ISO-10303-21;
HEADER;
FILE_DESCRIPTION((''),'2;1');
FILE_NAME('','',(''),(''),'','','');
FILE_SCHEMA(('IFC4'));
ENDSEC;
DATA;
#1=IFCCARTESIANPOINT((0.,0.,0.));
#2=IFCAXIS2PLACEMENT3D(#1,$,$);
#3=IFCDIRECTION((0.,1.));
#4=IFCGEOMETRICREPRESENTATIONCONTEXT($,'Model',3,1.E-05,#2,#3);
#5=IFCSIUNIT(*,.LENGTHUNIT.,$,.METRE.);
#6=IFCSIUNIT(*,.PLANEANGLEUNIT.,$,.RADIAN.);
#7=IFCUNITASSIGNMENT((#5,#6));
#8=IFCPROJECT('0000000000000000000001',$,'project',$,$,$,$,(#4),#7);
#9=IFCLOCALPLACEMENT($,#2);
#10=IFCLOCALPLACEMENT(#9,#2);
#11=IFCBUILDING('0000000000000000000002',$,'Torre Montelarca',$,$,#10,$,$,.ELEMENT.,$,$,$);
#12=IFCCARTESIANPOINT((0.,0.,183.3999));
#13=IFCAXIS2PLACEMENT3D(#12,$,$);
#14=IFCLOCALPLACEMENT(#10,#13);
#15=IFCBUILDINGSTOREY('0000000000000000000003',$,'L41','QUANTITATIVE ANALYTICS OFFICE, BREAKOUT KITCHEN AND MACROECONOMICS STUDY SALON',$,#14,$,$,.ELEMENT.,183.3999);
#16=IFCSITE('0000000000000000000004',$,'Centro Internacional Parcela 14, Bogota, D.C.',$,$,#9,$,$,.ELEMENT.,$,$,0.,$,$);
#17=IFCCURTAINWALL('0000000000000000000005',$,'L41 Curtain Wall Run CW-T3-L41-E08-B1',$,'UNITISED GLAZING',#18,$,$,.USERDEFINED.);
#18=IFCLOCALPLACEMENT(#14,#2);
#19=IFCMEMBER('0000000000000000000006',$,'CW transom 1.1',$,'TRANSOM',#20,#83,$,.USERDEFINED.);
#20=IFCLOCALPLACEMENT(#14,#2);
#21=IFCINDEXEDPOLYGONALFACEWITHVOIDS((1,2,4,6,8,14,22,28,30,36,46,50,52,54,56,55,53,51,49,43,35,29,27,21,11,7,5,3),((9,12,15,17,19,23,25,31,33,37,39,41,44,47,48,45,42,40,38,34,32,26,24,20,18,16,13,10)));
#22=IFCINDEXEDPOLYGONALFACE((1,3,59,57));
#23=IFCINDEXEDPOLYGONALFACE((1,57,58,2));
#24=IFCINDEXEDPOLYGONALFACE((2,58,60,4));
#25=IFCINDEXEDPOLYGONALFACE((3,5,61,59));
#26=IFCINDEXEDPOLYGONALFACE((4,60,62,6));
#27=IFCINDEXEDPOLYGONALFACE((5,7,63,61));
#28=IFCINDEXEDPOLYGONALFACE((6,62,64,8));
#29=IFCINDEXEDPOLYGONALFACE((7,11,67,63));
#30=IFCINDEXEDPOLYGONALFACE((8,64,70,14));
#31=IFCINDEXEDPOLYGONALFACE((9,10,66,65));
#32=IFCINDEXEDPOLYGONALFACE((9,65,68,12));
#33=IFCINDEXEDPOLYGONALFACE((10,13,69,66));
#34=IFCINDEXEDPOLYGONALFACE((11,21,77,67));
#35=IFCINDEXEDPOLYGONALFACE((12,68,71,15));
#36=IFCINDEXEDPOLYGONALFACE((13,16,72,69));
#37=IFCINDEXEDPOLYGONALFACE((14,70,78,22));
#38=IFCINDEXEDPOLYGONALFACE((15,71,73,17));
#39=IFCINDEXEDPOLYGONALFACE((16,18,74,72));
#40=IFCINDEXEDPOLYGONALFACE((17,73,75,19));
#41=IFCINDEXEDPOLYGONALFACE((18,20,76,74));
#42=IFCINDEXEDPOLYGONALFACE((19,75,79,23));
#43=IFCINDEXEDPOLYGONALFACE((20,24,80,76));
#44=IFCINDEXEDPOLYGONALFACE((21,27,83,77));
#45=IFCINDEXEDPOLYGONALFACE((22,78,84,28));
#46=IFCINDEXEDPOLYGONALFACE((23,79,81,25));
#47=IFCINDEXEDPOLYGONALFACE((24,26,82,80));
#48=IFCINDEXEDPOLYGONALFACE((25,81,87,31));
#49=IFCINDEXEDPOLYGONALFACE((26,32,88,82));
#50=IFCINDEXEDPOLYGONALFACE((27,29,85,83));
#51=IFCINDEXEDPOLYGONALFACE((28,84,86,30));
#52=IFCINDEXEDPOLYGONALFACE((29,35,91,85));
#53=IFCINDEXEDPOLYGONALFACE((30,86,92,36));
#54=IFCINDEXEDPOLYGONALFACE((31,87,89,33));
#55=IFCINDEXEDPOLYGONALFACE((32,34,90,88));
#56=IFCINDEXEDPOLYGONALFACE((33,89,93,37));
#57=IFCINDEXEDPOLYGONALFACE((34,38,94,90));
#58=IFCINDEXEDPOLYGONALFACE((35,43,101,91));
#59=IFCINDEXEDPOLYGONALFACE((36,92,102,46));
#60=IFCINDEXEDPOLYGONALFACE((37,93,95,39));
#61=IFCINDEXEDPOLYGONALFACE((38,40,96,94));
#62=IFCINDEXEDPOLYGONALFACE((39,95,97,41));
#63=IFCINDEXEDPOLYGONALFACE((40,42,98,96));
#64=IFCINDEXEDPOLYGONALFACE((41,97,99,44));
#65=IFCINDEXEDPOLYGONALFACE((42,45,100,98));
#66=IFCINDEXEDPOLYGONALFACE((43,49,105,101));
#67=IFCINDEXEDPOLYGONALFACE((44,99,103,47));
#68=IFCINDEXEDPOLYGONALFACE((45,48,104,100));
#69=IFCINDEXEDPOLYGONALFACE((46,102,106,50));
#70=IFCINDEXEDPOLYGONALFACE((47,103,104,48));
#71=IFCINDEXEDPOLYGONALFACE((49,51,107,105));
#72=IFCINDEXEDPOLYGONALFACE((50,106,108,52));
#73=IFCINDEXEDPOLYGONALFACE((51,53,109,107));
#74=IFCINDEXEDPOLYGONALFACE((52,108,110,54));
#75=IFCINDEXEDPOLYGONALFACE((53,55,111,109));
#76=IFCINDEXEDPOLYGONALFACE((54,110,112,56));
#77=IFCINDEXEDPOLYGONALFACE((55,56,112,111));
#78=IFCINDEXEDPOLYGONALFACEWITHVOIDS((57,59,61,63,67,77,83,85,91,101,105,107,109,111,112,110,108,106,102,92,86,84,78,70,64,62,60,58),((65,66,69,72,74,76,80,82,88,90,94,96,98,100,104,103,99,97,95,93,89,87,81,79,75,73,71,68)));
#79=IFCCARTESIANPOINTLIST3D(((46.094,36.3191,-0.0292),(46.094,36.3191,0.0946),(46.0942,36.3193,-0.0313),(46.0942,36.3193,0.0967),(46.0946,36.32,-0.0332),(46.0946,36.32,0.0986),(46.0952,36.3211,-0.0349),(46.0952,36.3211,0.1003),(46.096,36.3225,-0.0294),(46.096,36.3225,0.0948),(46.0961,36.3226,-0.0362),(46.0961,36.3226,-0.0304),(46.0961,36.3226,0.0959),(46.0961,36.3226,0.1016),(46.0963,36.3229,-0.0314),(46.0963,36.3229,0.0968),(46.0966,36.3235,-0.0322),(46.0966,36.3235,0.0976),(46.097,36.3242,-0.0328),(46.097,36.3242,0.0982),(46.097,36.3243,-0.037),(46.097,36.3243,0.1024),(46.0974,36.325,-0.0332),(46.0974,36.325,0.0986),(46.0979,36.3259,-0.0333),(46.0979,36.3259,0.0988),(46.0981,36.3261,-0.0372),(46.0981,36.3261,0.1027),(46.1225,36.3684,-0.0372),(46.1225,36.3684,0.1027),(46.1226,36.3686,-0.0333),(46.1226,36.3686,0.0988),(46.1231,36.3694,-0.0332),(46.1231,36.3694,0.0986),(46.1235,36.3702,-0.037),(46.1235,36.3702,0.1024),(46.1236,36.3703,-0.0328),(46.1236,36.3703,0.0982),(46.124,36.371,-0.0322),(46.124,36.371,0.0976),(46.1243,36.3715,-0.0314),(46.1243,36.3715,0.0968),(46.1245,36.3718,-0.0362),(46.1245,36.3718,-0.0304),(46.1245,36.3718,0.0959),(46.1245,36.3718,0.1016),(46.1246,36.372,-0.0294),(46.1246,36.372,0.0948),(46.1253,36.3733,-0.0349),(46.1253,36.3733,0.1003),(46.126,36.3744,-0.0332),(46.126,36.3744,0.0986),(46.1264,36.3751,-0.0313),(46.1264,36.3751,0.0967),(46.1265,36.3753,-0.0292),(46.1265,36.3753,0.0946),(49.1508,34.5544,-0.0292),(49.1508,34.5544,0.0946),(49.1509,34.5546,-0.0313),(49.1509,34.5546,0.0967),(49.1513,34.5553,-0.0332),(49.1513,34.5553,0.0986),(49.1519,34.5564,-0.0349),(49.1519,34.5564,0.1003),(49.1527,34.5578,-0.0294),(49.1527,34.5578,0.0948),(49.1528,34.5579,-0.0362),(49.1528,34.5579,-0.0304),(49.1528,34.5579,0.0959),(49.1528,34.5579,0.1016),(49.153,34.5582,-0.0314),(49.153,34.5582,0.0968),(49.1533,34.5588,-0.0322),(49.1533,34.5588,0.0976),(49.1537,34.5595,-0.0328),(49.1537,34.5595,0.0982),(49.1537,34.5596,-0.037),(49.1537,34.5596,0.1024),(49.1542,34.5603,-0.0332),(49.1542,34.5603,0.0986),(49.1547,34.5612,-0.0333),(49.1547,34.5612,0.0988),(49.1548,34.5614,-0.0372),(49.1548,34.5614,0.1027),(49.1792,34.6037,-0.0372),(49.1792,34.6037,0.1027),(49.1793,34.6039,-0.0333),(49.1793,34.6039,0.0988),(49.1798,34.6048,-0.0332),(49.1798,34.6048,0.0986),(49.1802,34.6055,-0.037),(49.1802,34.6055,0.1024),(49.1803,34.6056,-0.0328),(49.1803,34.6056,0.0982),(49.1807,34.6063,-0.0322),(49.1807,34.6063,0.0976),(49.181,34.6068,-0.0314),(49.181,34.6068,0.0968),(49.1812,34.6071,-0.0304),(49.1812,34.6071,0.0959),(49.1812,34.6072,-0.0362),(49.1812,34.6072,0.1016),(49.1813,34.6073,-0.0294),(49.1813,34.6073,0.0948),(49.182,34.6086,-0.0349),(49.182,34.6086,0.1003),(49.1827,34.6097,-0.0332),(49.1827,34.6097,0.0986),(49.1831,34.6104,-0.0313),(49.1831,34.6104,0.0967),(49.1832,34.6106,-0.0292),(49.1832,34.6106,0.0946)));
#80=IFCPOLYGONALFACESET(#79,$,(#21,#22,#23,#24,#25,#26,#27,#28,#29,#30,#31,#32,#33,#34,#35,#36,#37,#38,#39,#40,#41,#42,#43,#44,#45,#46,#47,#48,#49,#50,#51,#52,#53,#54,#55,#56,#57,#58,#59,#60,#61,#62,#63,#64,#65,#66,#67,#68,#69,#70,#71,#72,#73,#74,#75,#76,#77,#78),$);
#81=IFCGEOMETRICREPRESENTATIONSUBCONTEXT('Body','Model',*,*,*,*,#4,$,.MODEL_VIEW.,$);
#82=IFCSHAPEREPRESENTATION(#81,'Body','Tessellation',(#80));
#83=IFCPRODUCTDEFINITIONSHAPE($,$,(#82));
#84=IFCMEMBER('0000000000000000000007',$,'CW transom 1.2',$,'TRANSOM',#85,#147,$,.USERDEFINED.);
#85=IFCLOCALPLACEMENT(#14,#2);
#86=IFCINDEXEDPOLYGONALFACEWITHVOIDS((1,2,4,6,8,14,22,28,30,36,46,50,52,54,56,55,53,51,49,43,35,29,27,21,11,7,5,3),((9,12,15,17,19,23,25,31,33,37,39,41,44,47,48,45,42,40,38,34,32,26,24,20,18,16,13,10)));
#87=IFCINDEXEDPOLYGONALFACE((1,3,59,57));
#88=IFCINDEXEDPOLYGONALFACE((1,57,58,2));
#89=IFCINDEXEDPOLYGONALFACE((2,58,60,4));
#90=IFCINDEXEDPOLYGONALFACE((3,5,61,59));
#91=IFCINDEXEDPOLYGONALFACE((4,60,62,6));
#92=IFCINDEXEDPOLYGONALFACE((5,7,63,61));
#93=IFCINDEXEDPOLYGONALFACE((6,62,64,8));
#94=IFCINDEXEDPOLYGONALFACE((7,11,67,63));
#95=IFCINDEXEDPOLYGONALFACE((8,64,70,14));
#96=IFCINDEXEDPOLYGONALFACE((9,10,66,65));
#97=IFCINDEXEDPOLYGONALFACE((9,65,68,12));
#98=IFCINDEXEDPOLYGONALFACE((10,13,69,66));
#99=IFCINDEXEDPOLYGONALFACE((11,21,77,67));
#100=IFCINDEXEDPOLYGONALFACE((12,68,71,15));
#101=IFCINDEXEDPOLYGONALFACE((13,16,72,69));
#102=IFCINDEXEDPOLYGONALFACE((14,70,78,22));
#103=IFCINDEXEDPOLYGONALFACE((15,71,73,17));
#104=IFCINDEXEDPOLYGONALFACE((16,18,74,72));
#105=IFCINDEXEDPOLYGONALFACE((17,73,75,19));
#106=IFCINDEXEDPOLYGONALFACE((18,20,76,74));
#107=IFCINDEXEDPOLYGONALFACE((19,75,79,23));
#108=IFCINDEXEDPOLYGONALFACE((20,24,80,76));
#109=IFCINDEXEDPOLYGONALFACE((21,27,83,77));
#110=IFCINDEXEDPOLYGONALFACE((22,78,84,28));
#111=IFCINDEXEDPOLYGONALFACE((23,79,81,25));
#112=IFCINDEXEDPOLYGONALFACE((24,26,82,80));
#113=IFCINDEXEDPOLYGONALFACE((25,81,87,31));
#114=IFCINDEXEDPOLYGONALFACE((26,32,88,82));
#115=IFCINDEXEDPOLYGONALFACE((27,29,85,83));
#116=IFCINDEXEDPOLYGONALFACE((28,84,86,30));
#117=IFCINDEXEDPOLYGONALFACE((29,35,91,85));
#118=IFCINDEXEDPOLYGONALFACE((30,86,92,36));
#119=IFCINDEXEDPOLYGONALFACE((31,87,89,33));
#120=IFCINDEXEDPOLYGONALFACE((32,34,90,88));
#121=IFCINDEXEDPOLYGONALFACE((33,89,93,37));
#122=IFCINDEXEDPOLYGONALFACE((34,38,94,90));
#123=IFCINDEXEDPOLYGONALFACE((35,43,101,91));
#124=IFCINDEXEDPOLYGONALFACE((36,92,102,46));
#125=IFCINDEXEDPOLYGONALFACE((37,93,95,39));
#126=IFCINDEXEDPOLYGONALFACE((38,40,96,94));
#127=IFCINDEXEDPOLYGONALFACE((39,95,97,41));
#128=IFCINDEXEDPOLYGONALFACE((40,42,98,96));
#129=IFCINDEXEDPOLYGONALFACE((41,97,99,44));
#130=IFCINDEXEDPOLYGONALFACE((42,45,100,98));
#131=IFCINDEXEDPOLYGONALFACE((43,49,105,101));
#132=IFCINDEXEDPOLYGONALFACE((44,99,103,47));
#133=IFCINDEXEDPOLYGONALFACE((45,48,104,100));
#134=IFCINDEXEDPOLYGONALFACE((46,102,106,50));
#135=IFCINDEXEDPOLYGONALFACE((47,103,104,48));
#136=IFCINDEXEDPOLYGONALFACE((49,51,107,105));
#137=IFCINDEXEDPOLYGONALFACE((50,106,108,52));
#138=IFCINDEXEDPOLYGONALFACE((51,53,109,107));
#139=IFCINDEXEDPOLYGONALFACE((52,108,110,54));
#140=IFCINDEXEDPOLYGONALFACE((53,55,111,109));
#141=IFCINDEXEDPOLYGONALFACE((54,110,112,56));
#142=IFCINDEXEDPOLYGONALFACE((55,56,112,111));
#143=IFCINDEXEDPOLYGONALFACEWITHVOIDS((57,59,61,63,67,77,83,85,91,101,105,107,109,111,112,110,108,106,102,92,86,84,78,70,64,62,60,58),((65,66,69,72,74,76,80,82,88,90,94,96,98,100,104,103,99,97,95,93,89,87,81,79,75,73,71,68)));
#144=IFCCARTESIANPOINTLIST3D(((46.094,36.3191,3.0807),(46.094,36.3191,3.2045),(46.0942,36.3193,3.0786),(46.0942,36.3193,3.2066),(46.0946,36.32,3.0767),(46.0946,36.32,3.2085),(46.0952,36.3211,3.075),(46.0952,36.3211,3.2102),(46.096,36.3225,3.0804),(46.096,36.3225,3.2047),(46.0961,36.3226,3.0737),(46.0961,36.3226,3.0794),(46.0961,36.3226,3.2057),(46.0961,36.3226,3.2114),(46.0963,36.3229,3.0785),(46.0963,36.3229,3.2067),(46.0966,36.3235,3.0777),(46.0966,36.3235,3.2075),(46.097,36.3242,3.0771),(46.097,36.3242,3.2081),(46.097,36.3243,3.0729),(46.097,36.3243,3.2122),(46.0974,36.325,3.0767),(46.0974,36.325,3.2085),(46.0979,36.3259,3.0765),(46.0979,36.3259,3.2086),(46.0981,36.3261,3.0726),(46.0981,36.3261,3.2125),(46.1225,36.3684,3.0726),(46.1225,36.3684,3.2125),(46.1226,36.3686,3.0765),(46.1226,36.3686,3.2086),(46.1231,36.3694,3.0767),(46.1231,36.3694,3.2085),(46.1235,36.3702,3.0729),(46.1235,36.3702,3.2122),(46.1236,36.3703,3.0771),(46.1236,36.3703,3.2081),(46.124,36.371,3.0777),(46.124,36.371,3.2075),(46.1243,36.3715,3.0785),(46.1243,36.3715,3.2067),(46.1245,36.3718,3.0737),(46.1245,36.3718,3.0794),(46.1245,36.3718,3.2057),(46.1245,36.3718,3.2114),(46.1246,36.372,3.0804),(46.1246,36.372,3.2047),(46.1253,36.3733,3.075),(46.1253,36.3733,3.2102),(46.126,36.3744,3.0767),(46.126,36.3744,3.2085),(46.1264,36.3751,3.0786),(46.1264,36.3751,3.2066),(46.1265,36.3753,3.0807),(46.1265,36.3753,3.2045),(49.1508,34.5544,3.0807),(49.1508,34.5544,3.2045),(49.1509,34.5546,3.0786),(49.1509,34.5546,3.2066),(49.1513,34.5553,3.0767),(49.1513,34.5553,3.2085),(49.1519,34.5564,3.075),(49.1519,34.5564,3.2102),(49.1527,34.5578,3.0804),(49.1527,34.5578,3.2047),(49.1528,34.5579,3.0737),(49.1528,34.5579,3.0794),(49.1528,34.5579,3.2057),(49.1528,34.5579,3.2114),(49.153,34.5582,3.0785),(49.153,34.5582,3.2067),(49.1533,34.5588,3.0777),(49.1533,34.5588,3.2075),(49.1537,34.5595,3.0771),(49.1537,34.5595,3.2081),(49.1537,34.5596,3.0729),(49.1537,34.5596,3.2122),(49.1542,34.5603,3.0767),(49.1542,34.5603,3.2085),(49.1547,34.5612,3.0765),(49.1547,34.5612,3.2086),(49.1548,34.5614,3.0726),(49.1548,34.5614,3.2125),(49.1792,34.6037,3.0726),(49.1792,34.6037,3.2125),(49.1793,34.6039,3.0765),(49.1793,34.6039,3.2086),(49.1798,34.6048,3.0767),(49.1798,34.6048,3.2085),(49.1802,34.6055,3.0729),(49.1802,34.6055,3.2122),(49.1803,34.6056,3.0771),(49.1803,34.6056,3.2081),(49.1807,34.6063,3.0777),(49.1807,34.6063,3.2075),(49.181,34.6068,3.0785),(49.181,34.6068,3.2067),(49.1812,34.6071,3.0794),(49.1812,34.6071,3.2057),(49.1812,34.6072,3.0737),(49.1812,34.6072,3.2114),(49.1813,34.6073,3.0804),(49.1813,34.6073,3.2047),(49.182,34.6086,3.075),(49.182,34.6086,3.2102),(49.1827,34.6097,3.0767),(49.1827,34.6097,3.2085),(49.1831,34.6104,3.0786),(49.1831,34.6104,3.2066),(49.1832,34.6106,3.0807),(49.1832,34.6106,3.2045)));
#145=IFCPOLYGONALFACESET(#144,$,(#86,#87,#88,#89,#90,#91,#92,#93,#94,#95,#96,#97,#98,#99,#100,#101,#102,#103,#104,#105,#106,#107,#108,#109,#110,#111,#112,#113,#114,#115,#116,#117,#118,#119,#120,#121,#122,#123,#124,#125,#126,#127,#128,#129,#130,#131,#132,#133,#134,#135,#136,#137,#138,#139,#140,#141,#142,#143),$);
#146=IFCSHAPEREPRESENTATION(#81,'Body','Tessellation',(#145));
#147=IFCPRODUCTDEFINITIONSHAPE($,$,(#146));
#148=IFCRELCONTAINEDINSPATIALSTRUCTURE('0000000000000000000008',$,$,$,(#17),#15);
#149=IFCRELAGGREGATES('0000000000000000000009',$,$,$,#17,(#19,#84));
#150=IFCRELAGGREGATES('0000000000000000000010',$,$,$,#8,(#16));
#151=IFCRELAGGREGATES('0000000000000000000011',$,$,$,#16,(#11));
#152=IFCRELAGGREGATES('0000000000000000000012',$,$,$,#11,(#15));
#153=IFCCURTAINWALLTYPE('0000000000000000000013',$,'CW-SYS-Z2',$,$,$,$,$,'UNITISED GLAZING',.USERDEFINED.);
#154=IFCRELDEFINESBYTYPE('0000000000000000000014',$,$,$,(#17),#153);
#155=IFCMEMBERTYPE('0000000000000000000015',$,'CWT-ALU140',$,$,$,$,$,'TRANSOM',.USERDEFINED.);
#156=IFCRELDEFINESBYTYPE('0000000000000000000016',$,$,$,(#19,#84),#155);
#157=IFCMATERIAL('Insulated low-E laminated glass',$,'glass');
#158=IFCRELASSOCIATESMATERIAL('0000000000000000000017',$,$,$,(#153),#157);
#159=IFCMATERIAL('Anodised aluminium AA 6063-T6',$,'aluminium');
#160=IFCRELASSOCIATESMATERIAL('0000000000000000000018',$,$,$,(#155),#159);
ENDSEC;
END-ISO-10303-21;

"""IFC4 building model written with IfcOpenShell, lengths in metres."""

from ifc_helpers import new_model, si_unit, direction, frame, origin, origin_2d, place, context, subcontext, project, spatial, hollow_rectangle, extrude, source, transform, mapped, material, material_profile, profile_set, type_object, element, aggregate, save


model = new_model("IFC4")

# Units and contexts
model_context = context("Model", 3, precision=1e-05, world=origin(), true_north=direction((0.0, 1.0)))
body_context = subcontext(model_context, "Body", "Model", "MODEL_VIEW")
ifc_project = project(units=[si_unit("LENGTHUNIT", "METRE"), si_unit("PLANEANGLEUNIT", "RADIAN")], contexts=[model_context])

# Site, building, storey
site_placement = place(None, origin())
site = spatial("IfcSite", under=ifc_project, at=site_placement, Name="Centro Internacional Parcela 14, Bogota, D.C.", CompositionType="ELEMENT", RefElevation=0.0)
building_placement = place(site_placement, origin())
building = spatial("IfcBuilding", under=site, at=building_placement, Name="Torre Montelarca", CompositionType="ELEMENT")
storey_placement = place(building_placement, frame((0.0, 0.0, 183.3999)))
storey = spatial("IfcBuildingStorey", under=building, at=storey_placement, Name="L41", Description="QUANTITATIVE ANALYTICS OFFICE, BREAKOUT KITCHEN AND MACROECONOMICS STUDY SALON", CompositionType="ELEMENT", Elevation=183.3999)

# Curtain wall
ifc_material_1 = material(Name="Insulated low-E laminated glass", Category="glass")
curtain_wall_type = type_object("IfcCurtainWallType", Name="CW-SYS-Z2", ElementType="UNITISED GLAZING", PredefinedType="USERDEFINED", material=ifc_material_1)
ifc_material_2 = material(Name="Anodised aluminium AA 6063-T6", Category="aluminium")
ifc_material_profile_1 = material_profile(ifc_material_2, hollow_rectangle(XDim=0.0649, YDim=0.1399, WallThickness=0.0039, InnerFilletRadius=0.0039, OuterFilletRadius=0.0081, at=origin_2d()), Name="ALU65X140X4", Category="aluminium")
ifc_profile_set_1 = profile_set([ifc_material_profile_1], Name="Anodised aluminium AA 6063-T6")
member_type_1 = type_object("IfcMemberType", Name="CWT-ALU140", ElementType="TRANSOM", PredefinedType="USERDEFINED", material=ifc_profile_set_1)
curtain_wall_1_placement = place(storey_placement, origin())
curtain_wall_1 = element("IfcCurtainWall", 1, at=curtain_wall_1_placement, inside=storey, type_object=curtain_wall_type, Name="L41 Curtain Wall Run CW-T3-L41-E08-B1", ObjectType="UNITISED GLAZING", PredefinedType="USERDEFINED")

# Members
shared_shape_1 = source(origin(), body_context, "Body", "SweptSolid", [
    extrude(hollow_rectangle(XDim=0.0649, YDim=0.1399, WallThickness=0.0039, InnerFilletRadius=0.0039, OuterFilletRadius=0.0081, at=origin_2d()), origin(), (0.0, 0.0, 1.0), 3.5295),
])
member_1_placement = place(storey_placement, frame((49.167, 34.5825, 0.0327), z_axis=(-0.866038, 0.499978, 0.0), x_axis=(-0.499978, -0.866038, 0.0)))
member_1 = element("IfcMember", 2, at=member_1_placement, type_object=member_type_1, Name="CW transom 1.1", ObjectType="TRANSOM", PredefinedType="USERDEFINED", context=body_context, shape_type="MappedRepresentation", body=[
    mapped(shared_shape_1, transform((0.0, 0.0, 0.0), scale=1.0)),
])
member_2_placement = place(storey_placement, frame((49.167, 34.5825, 3.1426), z_axis=(-0.866038, 0.499978, 0.0), x_axis=(-0.499978, -0.866038, 0.0)))
member_2 = element("IfcMember", 3, at=member_2_placement, type_object=member_type_1, Name="CW transom 1.2", ObjectType="TRANSOM", PredefinedType="USERDEFINED", context=body_context, shape_type="MappedRepresentation", body=[
    mapped(shared_shape_1, transform((0.0, 0.0, 0.0), scale=1.0)),
])

aggregate(curtain_wall_1, [member_1, member_2])

save(model, "model.ifc")
